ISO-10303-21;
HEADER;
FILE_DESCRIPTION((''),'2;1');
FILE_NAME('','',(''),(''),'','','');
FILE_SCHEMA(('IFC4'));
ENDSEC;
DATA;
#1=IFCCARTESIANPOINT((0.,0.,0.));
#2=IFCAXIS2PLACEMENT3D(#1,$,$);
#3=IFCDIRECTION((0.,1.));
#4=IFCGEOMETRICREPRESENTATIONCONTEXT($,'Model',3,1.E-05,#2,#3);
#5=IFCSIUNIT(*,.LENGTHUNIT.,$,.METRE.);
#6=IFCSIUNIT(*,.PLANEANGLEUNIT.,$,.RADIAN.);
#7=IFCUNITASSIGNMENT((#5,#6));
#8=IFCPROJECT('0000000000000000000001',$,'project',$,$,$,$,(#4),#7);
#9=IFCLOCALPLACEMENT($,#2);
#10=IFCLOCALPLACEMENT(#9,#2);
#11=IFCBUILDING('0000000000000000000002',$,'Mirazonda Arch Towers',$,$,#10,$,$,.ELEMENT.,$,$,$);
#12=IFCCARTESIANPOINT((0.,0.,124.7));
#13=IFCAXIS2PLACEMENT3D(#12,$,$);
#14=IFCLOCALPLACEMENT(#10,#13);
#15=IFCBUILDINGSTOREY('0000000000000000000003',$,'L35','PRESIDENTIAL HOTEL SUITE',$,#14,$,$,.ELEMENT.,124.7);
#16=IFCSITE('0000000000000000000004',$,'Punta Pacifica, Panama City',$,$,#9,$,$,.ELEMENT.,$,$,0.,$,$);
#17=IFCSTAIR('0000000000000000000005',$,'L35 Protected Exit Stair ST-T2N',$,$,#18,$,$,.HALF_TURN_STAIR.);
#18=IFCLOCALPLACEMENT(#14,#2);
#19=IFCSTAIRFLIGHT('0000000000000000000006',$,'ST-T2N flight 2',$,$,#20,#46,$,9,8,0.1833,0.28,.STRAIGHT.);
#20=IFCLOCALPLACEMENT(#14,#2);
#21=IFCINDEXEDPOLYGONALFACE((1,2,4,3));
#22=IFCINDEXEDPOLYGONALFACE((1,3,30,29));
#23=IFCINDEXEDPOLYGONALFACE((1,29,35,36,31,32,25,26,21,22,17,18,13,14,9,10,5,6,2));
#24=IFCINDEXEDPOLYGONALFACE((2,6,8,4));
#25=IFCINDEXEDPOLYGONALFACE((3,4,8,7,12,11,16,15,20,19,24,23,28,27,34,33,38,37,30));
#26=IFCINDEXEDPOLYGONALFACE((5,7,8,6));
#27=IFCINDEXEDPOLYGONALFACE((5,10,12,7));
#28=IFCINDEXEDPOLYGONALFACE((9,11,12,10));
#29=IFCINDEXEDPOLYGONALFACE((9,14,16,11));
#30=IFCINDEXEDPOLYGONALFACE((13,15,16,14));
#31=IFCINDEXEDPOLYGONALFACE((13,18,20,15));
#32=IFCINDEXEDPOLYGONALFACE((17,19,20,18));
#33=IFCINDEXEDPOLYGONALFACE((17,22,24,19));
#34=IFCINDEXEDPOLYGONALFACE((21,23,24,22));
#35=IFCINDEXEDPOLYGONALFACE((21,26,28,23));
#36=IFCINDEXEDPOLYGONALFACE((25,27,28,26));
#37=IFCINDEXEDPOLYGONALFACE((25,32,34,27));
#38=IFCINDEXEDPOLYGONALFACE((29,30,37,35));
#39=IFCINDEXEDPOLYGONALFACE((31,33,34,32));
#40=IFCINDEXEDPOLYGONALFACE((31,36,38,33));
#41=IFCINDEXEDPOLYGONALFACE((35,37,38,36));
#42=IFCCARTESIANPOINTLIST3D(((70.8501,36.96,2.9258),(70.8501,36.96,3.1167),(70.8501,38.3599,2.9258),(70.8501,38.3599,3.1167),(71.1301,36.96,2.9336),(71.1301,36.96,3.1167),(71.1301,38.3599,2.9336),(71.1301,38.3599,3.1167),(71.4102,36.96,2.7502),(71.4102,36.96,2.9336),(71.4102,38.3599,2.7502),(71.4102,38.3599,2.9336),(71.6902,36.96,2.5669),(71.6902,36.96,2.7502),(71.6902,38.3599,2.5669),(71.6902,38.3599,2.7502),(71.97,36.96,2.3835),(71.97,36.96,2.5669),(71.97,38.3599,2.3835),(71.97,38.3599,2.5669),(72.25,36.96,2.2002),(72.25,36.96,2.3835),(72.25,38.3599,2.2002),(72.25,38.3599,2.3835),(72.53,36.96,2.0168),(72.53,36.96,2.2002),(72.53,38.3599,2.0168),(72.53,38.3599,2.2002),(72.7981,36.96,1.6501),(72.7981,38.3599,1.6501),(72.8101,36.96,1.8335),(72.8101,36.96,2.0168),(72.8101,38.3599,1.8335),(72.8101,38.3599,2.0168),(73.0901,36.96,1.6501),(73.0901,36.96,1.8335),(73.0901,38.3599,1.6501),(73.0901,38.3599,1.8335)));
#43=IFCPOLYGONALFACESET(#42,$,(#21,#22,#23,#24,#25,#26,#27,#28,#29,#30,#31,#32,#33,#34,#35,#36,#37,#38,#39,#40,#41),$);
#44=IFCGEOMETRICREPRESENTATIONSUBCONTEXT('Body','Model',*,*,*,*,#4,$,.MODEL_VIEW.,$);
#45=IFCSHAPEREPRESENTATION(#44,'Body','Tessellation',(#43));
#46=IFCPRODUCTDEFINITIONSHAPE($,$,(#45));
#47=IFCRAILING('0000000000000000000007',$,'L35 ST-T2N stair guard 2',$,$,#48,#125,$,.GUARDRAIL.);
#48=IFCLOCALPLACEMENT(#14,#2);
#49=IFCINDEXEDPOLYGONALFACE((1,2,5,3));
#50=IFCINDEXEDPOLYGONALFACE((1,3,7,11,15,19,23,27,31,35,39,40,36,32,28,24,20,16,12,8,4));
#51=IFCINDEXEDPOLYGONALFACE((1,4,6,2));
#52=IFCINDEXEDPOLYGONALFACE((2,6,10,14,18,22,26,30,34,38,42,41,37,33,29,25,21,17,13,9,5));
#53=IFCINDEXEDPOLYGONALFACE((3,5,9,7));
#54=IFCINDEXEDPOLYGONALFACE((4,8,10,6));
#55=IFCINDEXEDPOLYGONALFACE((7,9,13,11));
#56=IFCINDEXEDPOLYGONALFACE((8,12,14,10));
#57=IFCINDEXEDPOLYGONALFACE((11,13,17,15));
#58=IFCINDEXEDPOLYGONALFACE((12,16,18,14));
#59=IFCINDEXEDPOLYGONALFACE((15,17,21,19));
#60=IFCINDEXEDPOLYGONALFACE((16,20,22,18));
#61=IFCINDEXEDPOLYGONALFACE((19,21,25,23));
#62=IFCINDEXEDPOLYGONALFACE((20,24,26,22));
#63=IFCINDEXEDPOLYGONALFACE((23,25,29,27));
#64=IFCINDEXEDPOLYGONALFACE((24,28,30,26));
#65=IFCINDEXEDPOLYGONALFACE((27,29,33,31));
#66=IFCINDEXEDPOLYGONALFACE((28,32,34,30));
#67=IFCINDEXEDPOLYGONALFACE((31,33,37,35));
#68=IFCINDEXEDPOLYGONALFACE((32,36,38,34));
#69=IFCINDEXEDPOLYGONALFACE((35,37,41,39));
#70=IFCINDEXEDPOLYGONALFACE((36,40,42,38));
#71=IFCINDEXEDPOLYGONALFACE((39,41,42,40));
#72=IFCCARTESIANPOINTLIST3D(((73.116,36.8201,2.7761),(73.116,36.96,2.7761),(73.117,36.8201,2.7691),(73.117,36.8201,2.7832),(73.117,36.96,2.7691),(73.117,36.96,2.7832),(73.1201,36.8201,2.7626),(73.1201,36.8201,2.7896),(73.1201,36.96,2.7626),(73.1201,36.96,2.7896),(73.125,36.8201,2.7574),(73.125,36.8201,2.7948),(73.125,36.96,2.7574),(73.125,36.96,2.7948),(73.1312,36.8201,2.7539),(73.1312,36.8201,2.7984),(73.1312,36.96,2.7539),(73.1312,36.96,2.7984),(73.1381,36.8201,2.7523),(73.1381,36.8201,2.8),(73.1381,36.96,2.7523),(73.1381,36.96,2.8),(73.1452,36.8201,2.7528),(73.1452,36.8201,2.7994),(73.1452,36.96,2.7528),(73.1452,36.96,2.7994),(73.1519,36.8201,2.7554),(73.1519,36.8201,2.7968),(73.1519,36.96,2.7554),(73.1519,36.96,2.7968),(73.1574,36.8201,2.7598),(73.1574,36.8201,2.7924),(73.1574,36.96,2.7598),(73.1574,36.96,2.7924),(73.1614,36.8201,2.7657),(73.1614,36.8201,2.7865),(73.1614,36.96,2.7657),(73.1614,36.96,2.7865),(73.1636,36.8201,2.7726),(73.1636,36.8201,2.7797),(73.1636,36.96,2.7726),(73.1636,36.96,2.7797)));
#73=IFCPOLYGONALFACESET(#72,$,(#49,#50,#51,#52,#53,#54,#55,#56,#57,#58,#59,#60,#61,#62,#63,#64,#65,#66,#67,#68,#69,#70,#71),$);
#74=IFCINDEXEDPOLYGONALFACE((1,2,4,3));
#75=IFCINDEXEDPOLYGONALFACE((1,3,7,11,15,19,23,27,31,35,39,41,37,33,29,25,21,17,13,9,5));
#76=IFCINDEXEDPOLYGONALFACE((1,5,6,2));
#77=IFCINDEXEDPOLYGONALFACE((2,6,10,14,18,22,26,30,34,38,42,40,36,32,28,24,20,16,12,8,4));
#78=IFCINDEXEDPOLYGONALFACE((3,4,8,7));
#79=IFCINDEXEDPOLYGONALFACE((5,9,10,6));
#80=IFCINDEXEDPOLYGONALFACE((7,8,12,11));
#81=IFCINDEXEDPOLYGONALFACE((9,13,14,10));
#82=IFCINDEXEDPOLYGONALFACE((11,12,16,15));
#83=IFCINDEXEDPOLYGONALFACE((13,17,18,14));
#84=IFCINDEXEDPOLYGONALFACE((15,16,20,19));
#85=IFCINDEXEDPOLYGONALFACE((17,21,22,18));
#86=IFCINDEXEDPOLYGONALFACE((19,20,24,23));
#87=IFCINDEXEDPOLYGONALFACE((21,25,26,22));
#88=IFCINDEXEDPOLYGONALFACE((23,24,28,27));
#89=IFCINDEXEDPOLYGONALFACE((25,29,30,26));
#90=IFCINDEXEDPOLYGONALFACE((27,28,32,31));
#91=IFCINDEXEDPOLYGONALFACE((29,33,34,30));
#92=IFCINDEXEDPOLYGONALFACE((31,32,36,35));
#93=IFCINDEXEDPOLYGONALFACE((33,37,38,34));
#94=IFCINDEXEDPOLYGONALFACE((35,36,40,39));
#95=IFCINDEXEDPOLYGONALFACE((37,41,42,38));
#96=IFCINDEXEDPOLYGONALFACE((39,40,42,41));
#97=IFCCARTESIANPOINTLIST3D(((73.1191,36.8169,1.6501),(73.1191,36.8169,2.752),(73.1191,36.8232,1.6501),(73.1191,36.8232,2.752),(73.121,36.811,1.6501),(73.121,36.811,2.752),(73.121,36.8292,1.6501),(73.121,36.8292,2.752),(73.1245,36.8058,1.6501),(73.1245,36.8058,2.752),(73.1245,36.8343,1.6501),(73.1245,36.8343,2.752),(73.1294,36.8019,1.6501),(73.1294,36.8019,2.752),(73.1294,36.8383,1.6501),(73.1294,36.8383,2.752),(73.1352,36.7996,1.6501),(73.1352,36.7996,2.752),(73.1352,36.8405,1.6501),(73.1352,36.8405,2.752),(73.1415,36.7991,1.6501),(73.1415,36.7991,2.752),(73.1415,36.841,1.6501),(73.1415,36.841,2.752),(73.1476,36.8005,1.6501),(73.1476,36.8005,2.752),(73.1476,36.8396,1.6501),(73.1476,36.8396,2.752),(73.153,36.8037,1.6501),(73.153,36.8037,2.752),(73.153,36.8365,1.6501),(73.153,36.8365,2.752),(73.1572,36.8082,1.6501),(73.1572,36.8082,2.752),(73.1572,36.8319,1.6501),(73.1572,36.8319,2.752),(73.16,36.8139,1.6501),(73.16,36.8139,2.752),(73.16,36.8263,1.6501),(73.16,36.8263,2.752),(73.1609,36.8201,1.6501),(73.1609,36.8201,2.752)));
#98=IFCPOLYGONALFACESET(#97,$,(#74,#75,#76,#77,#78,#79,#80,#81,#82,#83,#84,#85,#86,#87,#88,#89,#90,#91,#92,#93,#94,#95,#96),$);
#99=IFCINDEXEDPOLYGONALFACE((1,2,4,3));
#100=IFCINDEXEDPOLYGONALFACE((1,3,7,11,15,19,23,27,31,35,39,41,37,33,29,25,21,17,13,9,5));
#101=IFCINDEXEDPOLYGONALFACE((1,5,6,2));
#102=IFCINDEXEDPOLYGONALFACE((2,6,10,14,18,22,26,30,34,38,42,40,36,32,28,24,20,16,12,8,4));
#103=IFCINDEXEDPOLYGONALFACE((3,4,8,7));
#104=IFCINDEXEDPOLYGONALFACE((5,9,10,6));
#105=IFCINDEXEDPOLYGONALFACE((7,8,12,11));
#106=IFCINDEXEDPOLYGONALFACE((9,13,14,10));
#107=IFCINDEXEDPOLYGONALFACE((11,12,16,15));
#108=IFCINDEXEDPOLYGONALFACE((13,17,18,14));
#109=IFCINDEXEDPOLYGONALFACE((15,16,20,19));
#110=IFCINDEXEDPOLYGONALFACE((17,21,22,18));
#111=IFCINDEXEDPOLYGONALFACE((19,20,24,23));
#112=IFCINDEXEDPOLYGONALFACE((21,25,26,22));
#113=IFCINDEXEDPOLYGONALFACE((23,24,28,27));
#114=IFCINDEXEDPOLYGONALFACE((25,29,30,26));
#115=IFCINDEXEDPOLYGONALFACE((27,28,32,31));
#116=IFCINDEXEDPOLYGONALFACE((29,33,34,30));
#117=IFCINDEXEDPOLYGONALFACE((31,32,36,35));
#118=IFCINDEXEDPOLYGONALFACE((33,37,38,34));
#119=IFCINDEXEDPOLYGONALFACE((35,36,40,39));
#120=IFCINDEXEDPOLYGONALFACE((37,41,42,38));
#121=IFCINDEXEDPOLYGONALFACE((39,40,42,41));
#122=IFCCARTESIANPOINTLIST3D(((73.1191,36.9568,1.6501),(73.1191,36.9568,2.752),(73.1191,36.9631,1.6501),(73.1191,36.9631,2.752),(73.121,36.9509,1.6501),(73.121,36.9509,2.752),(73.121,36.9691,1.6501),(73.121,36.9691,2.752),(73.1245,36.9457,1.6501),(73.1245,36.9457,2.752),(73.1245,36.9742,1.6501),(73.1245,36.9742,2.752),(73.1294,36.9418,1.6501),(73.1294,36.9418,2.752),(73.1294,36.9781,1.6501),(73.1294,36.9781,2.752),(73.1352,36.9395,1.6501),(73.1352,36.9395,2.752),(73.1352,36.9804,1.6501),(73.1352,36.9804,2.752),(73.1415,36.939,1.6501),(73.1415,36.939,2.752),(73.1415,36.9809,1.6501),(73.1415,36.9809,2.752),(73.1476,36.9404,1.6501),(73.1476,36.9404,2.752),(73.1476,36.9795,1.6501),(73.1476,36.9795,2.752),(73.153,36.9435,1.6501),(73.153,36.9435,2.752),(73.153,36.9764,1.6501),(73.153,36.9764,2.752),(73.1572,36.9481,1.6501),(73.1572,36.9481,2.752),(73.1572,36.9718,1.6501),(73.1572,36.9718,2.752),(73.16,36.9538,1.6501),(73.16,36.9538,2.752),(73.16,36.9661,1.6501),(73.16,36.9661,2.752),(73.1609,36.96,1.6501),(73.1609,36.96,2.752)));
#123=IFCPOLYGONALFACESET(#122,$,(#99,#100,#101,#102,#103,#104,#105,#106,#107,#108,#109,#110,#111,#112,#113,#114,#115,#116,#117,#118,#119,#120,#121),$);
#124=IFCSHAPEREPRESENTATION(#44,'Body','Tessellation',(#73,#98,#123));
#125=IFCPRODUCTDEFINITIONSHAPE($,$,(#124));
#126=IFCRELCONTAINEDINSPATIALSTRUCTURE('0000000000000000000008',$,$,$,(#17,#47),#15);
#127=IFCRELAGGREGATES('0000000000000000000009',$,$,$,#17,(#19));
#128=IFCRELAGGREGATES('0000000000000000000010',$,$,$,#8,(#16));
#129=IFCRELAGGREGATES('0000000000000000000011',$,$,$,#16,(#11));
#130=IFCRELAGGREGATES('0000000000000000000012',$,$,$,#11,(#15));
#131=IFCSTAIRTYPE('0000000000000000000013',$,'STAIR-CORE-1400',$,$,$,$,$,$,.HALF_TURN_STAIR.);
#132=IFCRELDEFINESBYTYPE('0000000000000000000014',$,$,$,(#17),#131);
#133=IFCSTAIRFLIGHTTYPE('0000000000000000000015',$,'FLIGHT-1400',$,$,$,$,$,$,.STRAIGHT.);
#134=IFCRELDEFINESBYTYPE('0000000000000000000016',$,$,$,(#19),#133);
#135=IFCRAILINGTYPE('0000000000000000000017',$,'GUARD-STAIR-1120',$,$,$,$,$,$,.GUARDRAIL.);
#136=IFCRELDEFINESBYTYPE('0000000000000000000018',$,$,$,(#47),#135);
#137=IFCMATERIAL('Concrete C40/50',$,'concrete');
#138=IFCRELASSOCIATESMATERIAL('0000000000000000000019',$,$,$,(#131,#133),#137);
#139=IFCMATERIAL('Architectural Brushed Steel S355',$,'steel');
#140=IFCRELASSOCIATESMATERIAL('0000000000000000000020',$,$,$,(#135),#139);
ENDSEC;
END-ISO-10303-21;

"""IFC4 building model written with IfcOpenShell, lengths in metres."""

from ifc_helpers import new_model, si_unit, direction, frame, origin, origin_2d, place, context, subcontext, project, spatial, polyline, circle, outline, extrude, material, type_object, element, aggregate, save


model = new_model("IFC4")

# Units and contexts
model_context = context("Model", 3, precision=1e-05, world=origin(), true_north=direction((0.0, 1.0)))
body_context = subcontext(model_context, "Body", "Model", "MODEL_VIEW")
ifc_project = project(units=[si_unit("LENGTHUNIT", "METRE"), si_unit("PLANEANGLEUNIT", "RADIAN")], contexts=[model_context])

# Site, building, storey
site_placement = place(None, origin())
site = spatial("IfcSite", under=ifc_project, at=site_placement, Name="Punta Pacifica, Panama City", CompositionType="ELEMENT", RefElevation=0.0)
building_placement = place(site_placement, origin())
building = spatial("IfcBuilding", under=site, at=building_placement, Name="Mirazonda Arch Towers", CompositionType="ELEMENT")
storey_placement = place(building_placement, frame((0.0, 0.0, 124.7)))
storey = spatial("IfcBuildingStorey", under=building, at=storey_placement, Name="L35", Description="PRESIDENTIAL HOTEL SUITE", CompositionType="ELEMENT", Elevation=124.7)

# Shared definitions
ifc_material_1 = material(Name="Concrete C40/50", Category="concrete")

# Stair, stair flight
stair_type = type_object("IfcStairType", Name="STAIR-CORE-1400", PredefinedType="HALF_TURN_STAIR", material=ifc_material_1)
stair_placement = place(storey_placement, origin())
stair = element("IfcStair", 1, at=stair_placement, inside=storey, type_object=stair_type, Name="L35 Protected Exit Stair ST-T2N", PredefinedType="HALF_TURN_STAIR")
stair_flight_type = type_object("IfcStairFlightType", Name="FLIGHT-1400", PredefinedType="STRAIGHT", material=ifc_material_1)
stair_flight_placement = place(storey_placement, frame((73.0901, 37.6599, 1.6501), z_axis=(0.0, 0.0, 1.0), x_axis=(-1.0, 0.0, 0.0)))
stair_flight = element("IfcStairFlight", 2, at=stair_flight_placement, type_object=stair_flight_type, Name="ST-T2N flight 2", NumberOfRisers=9, NumberOfTreads=8, PredefinedType="STRAIGHT", RiserHeight=0.1833, TreadLength=0.28, context=body_context, shape_type="SweptSolid", body=[
    extrude(outline(polyline([(0.0, 0.0), (0.0, 0.1833), (0.28, 0.1833), (0.28, 0.3667), (0.5601, 0.3667), (0.5601, 0.55), (0.8401, 0.55), (0.8401, 0.7334), (1.1201, 0.7334), (1.1201, 0.9167), (1.3999, 0.9167), (1.3999, 1.1001), (1.6799, 1.1001), (1.6799, 1.2834), (1.96, 1.2834), (1.96, 1.4666), (2.24, 1.4666), (2.24, 1.6499), (2.24, 1.2756), (0.292, 0.0), (0.0, 0.0)])), frame((0.0, 0.7, 0.0), z_axis=(0.0, -1.0, 0.0), x_axis=(1.0, 0.0, 0.0)), (0.0, 0.0, 1.0), 1.3999),
])
aggregate(stair, [stair_flight])

# Railing
ifc_material_2 = material(Name="Architectural Brushed Steel S355", Category="steel")
railing_type_1 = type_object("IfcRailingType", Name="GUARD-STAIR-1120", PredefinedType="GUARDRAIL", material=ifc_material_2)
railing_1_placement = place(storey_placement, frame((73.1399, 36.8201, 1.6501)))
element("IfcRailing", 3, at=railing_1_placement, inside=storey, type_object=railing_type_1, Name="L35 ST-T2N stair guard 2", PredefinedType="GUARDRAIL", context=body_context, shape_type="SweptSolid", body=[
    extrude(circle(Radius=0.0239, at=origin_2d()), frame((0.0, 0.0, 1.126), z_axis=(0.0, 1.0, 0.0), x_axis=(-1.0, 0.0, 0.0)), (0.0, 0.0, 1.0), 0.1399),
    extrude(circle(Radius=0.021, at=origin_2d()), origin(), (0.0, 0.0, 1.0), 1.1018),
    extrude(circle(Radius=0.021, at=origin_2d()), frame((0.0, 0.1399, 0.0)), (0.0, 0.0, 1.0), 1.1018),
])

save(model, "model.ifc")
